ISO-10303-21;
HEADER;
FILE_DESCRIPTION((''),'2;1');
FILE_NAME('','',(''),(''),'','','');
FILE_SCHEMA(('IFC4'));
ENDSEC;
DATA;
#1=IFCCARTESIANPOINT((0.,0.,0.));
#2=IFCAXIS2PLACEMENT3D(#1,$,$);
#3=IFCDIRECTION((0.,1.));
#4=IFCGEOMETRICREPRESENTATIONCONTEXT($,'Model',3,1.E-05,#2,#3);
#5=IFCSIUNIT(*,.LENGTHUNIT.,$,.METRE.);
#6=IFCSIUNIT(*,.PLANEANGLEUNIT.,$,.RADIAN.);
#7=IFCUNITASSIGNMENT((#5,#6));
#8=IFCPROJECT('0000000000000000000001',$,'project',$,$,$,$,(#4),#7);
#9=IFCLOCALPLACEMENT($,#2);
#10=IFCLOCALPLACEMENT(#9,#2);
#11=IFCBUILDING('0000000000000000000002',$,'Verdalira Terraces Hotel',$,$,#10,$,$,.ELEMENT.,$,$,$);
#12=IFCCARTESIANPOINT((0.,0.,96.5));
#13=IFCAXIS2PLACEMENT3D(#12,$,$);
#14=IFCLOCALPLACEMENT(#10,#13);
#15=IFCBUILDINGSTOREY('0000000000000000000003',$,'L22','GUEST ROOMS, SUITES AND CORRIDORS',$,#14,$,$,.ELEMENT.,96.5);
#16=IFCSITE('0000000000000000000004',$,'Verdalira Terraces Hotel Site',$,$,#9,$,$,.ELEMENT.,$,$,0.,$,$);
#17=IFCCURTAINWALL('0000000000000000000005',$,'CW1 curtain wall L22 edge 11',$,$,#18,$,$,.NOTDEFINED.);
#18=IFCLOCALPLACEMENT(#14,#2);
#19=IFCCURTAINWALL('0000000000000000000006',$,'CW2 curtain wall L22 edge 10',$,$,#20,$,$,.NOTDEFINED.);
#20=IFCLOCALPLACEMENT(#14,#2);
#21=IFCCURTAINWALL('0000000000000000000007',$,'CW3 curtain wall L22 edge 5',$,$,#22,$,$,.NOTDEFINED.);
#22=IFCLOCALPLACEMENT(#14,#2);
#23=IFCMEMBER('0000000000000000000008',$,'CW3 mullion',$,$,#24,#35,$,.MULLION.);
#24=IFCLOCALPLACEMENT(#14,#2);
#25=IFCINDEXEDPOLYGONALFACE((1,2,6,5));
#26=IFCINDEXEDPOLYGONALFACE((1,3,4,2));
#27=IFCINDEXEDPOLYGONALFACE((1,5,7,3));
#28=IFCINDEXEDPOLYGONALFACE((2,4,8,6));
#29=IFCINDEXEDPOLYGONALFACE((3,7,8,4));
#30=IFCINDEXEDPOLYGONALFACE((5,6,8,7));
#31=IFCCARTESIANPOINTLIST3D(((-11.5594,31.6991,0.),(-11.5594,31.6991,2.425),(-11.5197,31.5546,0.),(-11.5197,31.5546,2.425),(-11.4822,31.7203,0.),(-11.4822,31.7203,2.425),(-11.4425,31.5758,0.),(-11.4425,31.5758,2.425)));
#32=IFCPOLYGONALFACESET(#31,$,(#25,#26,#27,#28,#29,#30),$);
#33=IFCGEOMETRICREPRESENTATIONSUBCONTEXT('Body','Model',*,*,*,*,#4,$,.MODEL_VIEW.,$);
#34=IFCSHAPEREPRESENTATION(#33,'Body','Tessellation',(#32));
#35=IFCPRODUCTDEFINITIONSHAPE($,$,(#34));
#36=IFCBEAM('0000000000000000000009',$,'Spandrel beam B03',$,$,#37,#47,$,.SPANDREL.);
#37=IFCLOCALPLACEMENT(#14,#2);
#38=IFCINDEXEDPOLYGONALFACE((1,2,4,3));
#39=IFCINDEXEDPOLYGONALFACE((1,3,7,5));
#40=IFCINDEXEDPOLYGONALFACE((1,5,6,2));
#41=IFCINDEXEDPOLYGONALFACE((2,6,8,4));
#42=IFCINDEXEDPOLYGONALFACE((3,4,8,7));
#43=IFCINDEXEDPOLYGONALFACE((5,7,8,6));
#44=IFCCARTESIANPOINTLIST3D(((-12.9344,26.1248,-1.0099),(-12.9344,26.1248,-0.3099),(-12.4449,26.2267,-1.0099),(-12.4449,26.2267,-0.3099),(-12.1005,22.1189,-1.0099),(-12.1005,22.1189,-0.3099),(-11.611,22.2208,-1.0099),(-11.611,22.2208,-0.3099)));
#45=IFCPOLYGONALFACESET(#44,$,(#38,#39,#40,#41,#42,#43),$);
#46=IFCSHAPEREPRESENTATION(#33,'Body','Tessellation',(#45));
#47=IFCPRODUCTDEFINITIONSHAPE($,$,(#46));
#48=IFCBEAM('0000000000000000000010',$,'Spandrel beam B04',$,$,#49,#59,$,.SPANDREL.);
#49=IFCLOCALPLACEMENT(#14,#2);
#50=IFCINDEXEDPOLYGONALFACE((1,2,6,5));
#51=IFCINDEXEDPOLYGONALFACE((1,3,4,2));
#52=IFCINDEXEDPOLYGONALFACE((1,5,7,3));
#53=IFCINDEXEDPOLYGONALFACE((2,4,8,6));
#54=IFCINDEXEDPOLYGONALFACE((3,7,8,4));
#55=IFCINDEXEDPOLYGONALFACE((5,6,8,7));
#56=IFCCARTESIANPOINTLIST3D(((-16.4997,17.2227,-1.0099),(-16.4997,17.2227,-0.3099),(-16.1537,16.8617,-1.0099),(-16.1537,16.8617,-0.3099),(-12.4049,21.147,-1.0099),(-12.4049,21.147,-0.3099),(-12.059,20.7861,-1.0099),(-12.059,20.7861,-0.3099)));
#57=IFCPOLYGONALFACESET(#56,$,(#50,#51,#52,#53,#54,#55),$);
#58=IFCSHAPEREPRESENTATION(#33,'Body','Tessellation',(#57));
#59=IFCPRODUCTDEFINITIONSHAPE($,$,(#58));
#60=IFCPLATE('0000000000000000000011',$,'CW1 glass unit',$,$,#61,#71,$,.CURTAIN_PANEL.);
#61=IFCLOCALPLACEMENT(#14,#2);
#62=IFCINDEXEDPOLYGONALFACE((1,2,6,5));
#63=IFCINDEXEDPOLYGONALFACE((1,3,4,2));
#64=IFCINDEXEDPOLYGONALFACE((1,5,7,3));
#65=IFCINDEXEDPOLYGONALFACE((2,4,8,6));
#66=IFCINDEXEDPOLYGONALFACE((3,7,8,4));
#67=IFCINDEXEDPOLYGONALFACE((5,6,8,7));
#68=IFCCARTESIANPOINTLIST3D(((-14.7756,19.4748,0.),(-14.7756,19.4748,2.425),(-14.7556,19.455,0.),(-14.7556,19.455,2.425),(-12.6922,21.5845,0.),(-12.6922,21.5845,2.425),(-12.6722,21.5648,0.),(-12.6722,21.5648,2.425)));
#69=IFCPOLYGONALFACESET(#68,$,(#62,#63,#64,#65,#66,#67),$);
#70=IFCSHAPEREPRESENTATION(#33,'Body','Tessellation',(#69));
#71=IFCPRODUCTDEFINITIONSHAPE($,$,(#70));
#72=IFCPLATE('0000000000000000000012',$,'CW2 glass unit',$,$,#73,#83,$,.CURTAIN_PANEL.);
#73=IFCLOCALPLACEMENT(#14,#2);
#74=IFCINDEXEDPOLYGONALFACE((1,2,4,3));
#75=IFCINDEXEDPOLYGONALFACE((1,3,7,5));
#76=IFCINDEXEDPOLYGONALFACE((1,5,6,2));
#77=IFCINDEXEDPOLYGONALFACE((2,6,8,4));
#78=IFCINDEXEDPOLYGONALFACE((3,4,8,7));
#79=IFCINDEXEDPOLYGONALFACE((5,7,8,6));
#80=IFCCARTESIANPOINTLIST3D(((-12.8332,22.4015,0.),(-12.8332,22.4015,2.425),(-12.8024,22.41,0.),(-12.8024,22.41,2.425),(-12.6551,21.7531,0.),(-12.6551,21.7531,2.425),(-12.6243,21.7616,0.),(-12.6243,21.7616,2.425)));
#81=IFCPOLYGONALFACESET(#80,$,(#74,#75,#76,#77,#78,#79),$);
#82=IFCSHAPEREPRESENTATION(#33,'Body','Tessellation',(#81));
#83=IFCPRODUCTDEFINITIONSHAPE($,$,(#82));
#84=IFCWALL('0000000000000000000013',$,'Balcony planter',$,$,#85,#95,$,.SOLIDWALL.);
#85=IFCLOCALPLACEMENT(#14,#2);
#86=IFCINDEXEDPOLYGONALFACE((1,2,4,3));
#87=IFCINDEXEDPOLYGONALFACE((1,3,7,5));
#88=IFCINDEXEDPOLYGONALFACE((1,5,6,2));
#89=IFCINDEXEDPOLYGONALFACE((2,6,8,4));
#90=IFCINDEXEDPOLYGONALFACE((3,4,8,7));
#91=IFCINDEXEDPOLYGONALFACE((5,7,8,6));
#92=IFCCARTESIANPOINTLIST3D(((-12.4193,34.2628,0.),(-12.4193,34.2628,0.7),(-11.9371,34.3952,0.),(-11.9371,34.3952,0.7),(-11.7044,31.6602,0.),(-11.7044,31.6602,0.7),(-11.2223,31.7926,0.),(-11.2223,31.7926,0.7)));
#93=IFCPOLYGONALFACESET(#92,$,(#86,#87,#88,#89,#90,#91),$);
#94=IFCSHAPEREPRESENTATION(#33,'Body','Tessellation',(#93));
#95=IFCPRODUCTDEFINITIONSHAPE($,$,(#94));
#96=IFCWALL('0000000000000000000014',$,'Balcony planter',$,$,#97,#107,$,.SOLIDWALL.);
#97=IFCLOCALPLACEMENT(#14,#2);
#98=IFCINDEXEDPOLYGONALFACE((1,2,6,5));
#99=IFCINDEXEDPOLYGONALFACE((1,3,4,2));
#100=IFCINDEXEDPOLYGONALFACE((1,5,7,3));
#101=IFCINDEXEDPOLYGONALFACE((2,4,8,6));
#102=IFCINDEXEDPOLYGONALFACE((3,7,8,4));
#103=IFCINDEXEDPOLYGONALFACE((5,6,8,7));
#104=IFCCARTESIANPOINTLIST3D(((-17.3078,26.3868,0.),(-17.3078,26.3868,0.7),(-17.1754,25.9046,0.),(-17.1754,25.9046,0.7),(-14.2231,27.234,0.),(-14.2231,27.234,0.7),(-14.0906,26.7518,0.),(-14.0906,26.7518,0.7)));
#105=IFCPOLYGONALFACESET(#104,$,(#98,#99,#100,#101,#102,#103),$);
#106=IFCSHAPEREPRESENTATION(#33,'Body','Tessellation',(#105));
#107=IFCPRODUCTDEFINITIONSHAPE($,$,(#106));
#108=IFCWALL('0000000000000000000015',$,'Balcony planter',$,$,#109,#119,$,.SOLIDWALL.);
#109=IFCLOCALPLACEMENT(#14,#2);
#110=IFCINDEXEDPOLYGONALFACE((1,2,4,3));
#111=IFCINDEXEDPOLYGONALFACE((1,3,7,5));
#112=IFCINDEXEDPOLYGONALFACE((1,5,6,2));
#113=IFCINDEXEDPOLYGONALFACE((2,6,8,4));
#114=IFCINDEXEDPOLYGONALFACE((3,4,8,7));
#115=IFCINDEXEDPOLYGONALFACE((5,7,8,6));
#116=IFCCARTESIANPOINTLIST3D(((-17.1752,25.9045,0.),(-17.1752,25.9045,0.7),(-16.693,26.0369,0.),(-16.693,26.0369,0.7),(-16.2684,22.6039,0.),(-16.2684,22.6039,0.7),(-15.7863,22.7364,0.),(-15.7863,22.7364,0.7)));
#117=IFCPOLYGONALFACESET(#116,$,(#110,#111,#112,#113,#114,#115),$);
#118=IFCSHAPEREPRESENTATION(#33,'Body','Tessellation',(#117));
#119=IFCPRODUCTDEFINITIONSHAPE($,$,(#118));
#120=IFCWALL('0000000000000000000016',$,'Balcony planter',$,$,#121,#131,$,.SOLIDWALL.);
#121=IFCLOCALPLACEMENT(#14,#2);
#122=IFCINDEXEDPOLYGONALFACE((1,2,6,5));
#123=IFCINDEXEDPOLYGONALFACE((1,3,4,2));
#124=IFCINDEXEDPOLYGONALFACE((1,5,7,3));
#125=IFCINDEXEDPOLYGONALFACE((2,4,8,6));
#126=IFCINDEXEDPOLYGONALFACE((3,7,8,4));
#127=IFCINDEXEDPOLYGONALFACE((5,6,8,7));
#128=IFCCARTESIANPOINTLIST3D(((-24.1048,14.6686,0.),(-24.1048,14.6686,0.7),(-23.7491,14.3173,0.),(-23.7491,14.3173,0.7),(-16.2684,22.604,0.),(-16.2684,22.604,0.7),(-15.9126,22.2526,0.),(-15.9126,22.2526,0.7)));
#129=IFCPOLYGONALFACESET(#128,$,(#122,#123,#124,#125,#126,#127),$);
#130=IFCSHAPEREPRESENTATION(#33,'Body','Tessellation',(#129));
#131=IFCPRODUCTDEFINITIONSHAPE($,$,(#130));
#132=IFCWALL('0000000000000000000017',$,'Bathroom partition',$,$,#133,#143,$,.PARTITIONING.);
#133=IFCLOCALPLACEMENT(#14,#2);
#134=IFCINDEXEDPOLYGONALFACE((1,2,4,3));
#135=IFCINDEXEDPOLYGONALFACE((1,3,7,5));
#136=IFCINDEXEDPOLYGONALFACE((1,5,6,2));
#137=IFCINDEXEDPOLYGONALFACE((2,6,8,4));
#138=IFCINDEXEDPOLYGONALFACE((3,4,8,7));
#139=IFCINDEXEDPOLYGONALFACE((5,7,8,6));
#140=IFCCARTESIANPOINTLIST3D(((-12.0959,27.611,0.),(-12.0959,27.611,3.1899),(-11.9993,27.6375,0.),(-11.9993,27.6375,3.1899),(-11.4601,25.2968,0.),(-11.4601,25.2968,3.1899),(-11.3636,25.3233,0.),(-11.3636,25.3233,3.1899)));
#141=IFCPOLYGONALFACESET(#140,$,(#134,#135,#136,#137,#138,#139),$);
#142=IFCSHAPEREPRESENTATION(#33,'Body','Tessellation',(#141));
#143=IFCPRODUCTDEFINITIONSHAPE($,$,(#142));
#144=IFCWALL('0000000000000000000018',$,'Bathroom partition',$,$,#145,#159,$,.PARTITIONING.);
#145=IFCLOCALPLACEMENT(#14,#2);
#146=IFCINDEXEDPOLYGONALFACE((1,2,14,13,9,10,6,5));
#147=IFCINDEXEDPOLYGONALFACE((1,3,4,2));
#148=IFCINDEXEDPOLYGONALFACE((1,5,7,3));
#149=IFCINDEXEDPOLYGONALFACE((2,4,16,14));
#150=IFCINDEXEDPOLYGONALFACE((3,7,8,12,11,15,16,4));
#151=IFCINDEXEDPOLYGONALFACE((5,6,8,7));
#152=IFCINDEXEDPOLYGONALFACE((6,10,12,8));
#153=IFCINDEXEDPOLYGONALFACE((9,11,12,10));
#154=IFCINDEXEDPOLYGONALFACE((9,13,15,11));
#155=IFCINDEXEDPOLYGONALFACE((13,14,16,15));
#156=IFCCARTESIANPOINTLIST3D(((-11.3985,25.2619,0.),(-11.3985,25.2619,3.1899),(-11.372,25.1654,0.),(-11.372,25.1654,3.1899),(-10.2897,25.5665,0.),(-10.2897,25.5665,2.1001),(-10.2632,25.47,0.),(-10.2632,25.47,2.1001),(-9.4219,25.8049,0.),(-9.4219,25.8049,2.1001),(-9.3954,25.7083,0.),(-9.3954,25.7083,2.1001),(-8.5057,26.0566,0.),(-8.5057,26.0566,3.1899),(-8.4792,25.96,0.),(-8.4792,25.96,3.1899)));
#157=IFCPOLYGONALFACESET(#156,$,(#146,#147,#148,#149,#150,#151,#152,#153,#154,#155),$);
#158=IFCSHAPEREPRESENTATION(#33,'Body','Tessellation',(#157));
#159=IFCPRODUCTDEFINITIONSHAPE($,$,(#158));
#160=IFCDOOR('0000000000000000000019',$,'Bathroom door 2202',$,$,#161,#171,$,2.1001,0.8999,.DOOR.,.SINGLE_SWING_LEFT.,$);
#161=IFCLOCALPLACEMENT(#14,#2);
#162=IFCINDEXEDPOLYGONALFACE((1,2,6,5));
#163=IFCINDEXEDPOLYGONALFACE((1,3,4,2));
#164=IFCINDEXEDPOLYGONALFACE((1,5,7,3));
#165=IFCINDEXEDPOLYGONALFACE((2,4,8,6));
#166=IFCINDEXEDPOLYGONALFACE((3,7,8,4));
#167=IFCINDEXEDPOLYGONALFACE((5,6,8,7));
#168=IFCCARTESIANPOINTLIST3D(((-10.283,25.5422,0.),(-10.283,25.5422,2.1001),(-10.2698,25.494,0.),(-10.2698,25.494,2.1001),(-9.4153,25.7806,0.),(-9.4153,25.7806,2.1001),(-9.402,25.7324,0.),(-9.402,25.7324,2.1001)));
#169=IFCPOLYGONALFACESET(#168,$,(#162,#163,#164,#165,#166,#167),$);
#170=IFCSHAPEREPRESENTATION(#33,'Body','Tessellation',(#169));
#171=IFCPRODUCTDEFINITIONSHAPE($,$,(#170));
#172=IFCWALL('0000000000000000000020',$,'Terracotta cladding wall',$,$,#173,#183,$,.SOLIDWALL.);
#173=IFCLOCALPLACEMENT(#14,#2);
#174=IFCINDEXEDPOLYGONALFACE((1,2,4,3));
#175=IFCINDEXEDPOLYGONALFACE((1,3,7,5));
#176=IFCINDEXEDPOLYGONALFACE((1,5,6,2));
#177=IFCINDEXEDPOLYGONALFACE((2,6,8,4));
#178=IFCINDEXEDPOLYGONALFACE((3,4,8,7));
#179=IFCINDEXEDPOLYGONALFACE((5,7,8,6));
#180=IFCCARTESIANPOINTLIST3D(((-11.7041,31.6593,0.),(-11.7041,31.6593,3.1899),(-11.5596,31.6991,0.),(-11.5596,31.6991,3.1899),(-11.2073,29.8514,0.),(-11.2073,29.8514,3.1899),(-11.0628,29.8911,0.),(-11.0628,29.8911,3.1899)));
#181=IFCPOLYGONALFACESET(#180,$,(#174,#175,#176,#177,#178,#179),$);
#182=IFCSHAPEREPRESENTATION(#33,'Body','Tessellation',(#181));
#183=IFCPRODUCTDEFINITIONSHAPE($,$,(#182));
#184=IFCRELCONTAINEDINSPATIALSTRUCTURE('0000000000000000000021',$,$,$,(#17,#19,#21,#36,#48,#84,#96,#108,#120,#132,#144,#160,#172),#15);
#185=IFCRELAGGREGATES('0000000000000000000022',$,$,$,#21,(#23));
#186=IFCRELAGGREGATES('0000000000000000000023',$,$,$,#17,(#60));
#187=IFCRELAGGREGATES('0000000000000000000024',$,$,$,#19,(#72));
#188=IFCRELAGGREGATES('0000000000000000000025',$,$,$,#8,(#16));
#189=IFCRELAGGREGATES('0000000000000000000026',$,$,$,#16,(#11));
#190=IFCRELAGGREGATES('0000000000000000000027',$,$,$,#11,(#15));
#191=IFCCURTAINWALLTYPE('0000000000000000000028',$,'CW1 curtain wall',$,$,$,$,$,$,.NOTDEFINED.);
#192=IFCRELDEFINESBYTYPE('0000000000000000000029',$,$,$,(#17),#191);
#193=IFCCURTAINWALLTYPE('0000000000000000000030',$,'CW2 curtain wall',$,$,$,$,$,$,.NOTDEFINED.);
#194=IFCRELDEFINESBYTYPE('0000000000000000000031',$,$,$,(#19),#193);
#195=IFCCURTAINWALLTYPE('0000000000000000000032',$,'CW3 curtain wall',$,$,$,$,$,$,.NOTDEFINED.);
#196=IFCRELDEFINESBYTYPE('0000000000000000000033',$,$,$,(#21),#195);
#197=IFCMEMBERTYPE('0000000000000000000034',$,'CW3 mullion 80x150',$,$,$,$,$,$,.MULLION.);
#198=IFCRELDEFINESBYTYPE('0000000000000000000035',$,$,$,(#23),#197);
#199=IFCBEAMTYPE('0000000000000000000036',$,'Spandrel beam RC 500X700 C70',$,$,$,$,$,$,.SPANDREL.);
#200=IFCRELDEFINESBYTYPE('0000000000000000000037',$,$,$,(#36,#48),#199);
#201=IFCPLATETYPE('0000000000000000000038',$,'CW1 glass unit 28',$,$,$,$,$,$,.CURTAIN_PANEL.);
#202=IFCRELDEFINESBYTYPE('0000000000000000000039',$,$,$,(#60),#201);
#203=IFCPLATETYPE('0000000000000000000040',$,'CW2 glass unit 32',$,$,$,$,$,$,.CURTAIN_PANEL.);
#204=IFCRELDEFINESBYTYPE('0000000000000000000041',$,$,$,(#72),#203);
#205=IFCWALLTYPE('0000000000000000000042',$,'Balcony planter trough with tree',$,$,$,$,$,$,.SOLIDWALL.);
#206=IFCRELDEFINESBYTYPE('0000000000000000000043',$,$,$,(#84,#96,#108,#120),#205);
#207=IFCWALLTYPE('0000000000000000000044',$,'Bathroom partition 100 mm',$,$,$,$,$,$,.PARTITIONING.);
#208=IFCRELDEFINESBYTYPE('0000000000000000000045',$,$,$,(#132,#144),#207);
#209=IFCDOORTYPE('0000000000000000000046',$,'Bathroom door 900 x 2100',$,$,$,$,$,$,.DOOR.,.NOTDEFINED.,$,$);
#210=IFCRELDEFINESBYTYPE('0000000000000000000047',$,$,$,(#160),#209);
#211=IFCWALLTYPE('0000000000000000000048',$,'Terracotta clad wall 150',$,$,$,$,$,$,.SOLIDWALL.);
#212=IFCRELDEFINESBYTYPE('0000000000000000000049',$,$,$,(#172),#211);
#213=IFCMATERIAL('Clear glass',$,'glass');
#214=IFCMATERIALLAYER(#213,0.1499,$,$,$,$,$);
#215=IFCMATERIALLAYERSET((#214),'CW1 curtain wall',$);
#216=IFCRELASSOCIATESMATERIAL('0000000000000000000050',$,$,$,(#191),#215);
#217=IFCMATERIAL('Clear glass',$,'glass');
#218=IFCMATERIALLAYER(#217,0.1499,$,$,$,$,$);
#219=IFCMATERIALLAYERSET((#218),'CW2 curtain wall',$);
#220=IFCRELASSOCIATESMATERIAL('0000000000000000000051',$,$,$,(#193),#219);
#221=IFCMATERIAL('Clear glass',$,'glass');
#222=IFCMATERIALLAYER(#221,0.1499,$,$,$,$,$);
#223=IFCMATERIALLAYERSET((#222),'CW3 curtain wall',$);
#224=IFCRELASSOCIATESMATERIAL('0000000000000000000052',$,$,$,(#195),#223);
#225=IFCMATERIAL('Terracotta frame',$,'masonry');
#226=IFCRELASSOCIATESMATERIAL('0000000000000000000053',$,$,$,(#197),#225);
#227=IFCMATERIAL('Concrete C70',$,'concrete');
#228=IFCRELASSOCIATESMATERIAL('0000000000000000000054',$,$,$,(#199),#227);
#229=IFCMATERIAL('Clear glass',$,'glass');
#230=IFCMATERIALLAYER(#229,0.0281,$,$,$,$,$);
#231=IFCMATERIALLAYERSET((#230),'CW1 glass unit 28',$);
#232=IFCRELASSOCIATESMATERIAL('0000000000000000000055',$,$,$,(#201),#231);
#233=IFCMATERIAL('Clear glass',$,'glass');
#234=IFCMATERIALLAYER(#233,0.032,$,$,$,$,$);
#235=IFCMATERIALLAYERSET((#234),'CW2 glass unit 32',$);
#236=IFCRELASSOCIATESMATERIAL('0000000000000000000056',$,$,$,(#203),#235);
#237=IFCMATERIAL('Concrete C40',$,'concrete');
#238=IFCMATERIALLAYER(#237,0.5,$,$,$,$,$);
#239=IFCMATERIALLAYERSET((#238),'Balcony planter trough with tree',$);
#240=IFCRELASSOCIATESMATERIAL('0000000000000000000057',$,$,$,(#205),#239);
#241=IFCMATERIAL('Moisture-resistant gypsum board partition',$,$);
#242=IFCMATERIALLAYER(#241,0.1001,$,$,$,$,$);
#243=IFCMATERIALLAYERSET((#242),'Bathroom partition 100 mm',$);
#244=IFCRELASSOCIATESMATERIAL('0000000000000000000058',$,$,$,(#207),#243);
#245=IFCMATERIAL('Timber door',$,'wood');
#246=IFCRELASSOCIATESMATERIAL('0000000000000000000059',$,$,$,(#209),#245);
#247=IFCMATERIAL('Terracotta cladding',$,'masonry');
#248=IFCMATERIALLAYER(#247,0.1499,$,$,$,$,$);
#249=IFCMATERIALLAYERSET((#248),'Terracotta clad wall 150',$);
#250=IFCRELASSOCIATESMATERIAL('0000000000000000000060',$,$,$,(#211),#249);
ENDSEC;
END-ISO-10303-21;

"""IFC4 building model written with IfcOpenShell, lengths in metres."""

from ifc_helpers import new_model, si_unit, direction, frame, frame_2d, origin, origin_2d, place, context, subcontext, project, spatial, rectangle, extrude, material, layer, layer_set, material_profile, profile_set, type_object, element, fill, aggregate, save


model = new_model("IFC4")

# Units and contexts
model_context = context("Model", 3, precision=1e-05, world=origin(), true_north=direction((0.0, 1.0)))
body_context = subcontext(model_context, "Body", "Model", "MODEL_VIEW")
ifc_project = project(units=[si_unit("LENGTHUNIT", "METRE"), si_unit("PLANEANGLEUNIT", "RADIAN")], contexts=[model_context])

# Site, building, storey
site_placement = place(None, origin())
site = spatial("IfcSite", under=ifc_project, at=site_placement, Name="Verdalira Terraces Hotel Site", CompositionType="ELEMENT", RefElevation=0.0)
building_placement = place(site_placement, origin())
building = spatial("IfcBuilding", under=site, at=building_placement, Name="Verdalira Terraces Hotel", CompositionType="ELEMENT")
storey_placement = place(building_placement, frame((0.0, 0.0, 96.5)))
storey = spatial("IfcBuildingStorey", under=building, at=storey_placement, Name="L22", Description="GUEST ROOMS, SUITES AND CORRIDORS", CompositionType="ELEMENT", Elevation=96.5)

# Curtain walls
ifc_material_1 = material(Name="Clear glass", Category="glass")
ifc_layer_1 = layer(ifc_material_1, 0.1499)
ifc_layer_set_1 = layer_set([ifc_layer_1], Name="CW1 curtain wall")
curtain_wall_type_1 = type_object("IfcCurtainWallType", Name="CW1 curtain wall", PredefinedType="NOTDEFINED", material=ifc_layer_set_1)
curtain_wall_1_placement = place(storey_placement, origin())
curtain_wall_1 = element("IfcCurtainWall", 1, at=curtain_wall_1_placement, inside=storey, type_object=curtain_wall_type_1, Name="CW1 curtain wall L22 edge 11", PredefinedType="NOTDEFINED")
ifc_material_2 = material(Name="Clear glass", Category="glass")
ifc_layer_2 = layer(ifc_material_2, 0.1499)
ifc_layer_set_2 = layer_set([ifc_layer_2], Name="CW2 curtain wall")
curtain_wall_type_2 = type_object("IfcCurtainWallType", Name="CW2 curtain wall", PredefinedType="NOTDEFINED", material=ifc_layer_set_2)
curtain_wall_2_placement = place(storey_placement, origin())
curtain_wall_2 = element("IfcCurtainWall", 2, at=curtain_wall_2_placement, inside=storey, type_object=curtain_wall_type_2, Name="CW2 curtain wall L22 edge 10", PredefinedType="NOTDEFINED")

# Curtain wall, member
ifc_material_3 = material(Name="Clear glass", Category="glass")
ifc_layer_3 = layer(ifc_material_3, 0.1499)
ifc_layer_set_3 = layer_set([ifc_layer_3], Name="CW3 curtain wall")
curtain_wall_type_3 = type_object("IfcCurtainWallType", Name="CW3 curtain wall", PredefinedType="NOTDEFINED", material=ifc_layer_set_3)
curtain_wall_3_placement = place(storey_placement, origin())
curtain_wall_3 = element("IfcCurtainWall", 3, at=curtain_wall_3_placement, inside=storey, type_object=curtain_wall_type_3, Name="CW3 curtain wall L22 edge 5", PredefinedType="NOTDEFINED")
ifc_material_4 = material(Name="Terracotta frame", Category="masonry")
ifc_material_profile_1 = material_profile(ifc_material_4, rectangle(XDim=0.0801, YDim=0.1499, at=origin_2d()), Name="MU 80x150")
ifc_profile_set_1 = profile_set([ifc_material_profile_1], Name="Terracotta frame")
member_type_1 = type_object("IfcMemberType", Name="CW3 mullion 80x150", PredefinedType="MULLION", material=ifc_profile_set_1)
member_1_placement = place(storey_placement, frame((-11.501, 31.6375, 0.0), z_axis=(0.0, 0.0, 1.0), x_axis=(-0.964281, -0.264883, 0.0)))
member_1 = element("IfcMember", 4, at=member_1_placement, type_object=member_type_1, Name="CW3 mullion", PredefinedType="MULLION", context=body_context, shape_type="SweptSolid", body=[
    extrude(rectangle(XDim=0.0801, YDim=0.1499, at=origin_2d()), origin(), (0.0, 0.0, 1.0), 2.425),
])
aggregate(curtain_wall_3, [member_1])

# Beams
ifc_material_5 = material(Name="Concrete C70", Category="concrete")
ifc_material_profile_2 = material_profile(ifc_material_5, rectangle(XDim=0.5, YDim=0.7, at=origin_2d()), Name="RC 500X700")
ifc_profile_set_2 = profile_set([ifc_material_profile_2], Name="Concrete C70")
beam_type_1 = type_object("IfcBeamType", Name="Spandrel beam RC 500X700 C70", PredefinedType="SPANDREL", material=ifc_profile_set_2)
beam_1_placement = place(storey_placement, frame((-12.6897, 26.1758, -0.6599), z_axis=(0.203821, -0.979008, 0.0), x_axis=(0.979008, 0.203821, 0.0)))
element("IfcBeam", 5, at=beam_1_placement, inside=storey, type_object=beam_type_1, Name="Spandrel beam B03", PredefinedType="SPANDREL", context=body_context, shape_type="SweptSolid", body=[
    extrude(rectangle(XDim=0.5, YDim=0.7, at=origin_2d()), origin(), (0.0, 0.0, 1.0), 4.0918),
])
beam_2_placement = place(storey_placement, frame((-12.2319, 20.9666, -0.6599), z_axis=(-0.72197, -0.691924, 0.0), x_axis=(0.691924, -0.72197, 0.0)))
element("IfcBeam", 6, at=beam_2_placement, inside=storey, type_object=beam_type_1, Name="Spandrel beam B04", PredefinedType="SPANDREL", context=body_context, shape_type="SweptSolid", body=[
    extrude(rectangle(XDim=0.5, YDim=0.7, at=origin_2d()), origin(), (0.0, 0.0, 1.0), 5.6716),
])

# Plates
ifc_material_6 = material(Name="Clear glass", Category="glass")
ifc_layer_4 = layer(ifc_material_6, 0.0281)
ifc_layer_set_4 = layer_set([ifc_layer_4], Name="CW1 glass unit 28")
plate_type_1 = type_object("IfcPlateType", Name="CW1 glass unit 28", PredefinedType="CURTAIN_PANEL", material=ifc_layer_set_4)
plate_1_placement = place(storey_placement, frame((-13.7239, 20.5198, 0.0), z_axis=(0.0, 0.0, 1.0), x_axis=(-0.70265, -0.711536, 0.0)))
plate_1 = element("IfcPlate", 7, at=plate_1_placement, type_object=plate_type_1, Name="CW1 glass unit", PredefinedType="CURTAIN_PANEL", context=body_context, shape_type="SweptSolid", body=[
    extrude(rectangle(XDim=2.9651, YDim=0.0281, at=origin_2d()), origin(), (0.0, 0.0, 1.0), 2.425),
])
aggregate(curtain_wall_1, [plate_1])
ifc_material_7 = material(Name="Clear glass", Category="glass")
ifc_layer_5 = layer(ifc_material_7, 0.032)
ifc_layer_set_5 = layer_set([ifc_layer_5], Name="CW2 glass unit 32")
plate_type_2 = type_object("IfcPlateType", Name="CW2 glass unit 32", PredefinedType="CURTAIN_PANEL", material=ifc_layer_set_5)
plate_2_placement = place(storey_placement, frame((-12.7288, 22.0815, 0.0), z_axis=(0.0, 0.0, 1.0), x_axis=(0.264883, -0.964281, 0.0)))
plate_2 = element("IfcPlate", 8, at=plate_2_placement, type_object=plate_type_2, Name="CW2 glass unit", PredefinedType="CURTAIN_PANEL", context=body_context, shape_type="SweptSolid", body=[
    extrude(rectangle(XDim=0.6724, YDim=0.032, at=origin_2d()), origin(), (0.0, 0.0, 1.0), 2.425),
])
aggregate(curtain_wall_2, [plate_2])

# Walls
ifc_material_8 = material(Name="Concrete C40", Category="concrete")
ifc_layer_6 = layer(ifc_material_8, 0.5)
ifc_layer_set_6 = layer_set([ifc_layer_6], Name="Balcony planter trough with tree")
wall_type_1 = type_object("IfcWallType", Name="Balcony planter trough with tree", PredefinedType="SOLIDWALL", material=ifc_layer_set_6)
wall_1_placement = place(storey_placement, frame((-12.1782, 34.3291, 0.0), z_axis=(0.0, 0.0, 1.0), x_axis=(0.264862, -0.964286, 0.0)))
element("IfcWall", 9, at=wall_1_placement, inside=storey, type_object=wall_type_1, Name="Balcony planter", PredefinedType="SOLIDWALL", context=body_context, shape_type="SweptSolid", body=[
    extrude(rectangle(XDim=2.699, YDim=0.5, at=frame_2d((1.3496, 0.0))), origin(), (0.0, 0.0, 1.0), 0.7),
])
wall_2_placement = place(storey_placement, frame((-14.1567, 26.9929, 0.0), z_axis=(0.0, 0.0, 1.0), x_axis=(-0.964296, -0.264828, 0.0)))
element("IfcWall", 10, at=wall_2_placement, inside=storey, type_object=wall_type_1, Name="Balcony planter", PredefinedType="SOLIDWALL", context=body_context, shape_type="SweptSolid", body=[
    extrude(rectangle(XDim=3.199, YDim=0.5, at=frame_2d((1.5996, 0.0))), origin(), (0.0, 0.0, 1.0), 0.7),
])
wall_3_placement = place(storey_placement, frame((-16.9341, 25.9707, 0.0), z_axis=(0.0, 0.0, 1.0), x_axis=(0.264909, -0.964273, 0.0)))
element("IfcWall", 11, at=wall_3_placement, inside=storey, type_object=wall_type_1, Name="Balcony planter", PredefinedType="SOLIDWALL", context=body_context, shape_type="SweptSolid", body=[
    extrude(rectangle(XDim=3.4229, YDim=0.5, at=frame_2d((1.7114, 0.0))), origin(), (0.0, 0.0, 1.0), 0.7),
])
wall_4_placement = place(storey_placement, frame((-16.0906, 22.4282, 0.0), z_axis=(0.0, 0.0, 1.0), x_axis=(-0.70266, -0.711526, 0.0)))
element("IfcWall", 12, at=wall_4_placement, inside=storey, type_object=wall_type_1, Name="Balcony planter", PredefinedType="SOLIDWALL", context=body_context, shape_type="SweptSolid", body=[
    extrude(rectangle(XDim=11.1526, YDim=0.5, at=frame_2d((5.5762, 0.0))), origin(), (0.0, 0.0, 1.0), 0.7),
])
ifc_material_9 = material(Name="Moisture-resistant gypsum board partition")
ifc_layer_7 = layer(ifc_material_9, 0.1001)
ifc_layer_set_7 = layer_set([ifc_layer_7], Name="Bathroom partition 100 mm")
wall_type_2 = type_object("IfcWallType", Name="Bathroom partition 100 mm", PredefinedType="PARTITIONING", material=ifc_layer_set_7)
wall_5_placement = place(storey_placement, frame((-11.4119, 25.3101, 0.0), z_axis=(0.0, 0.0, 1.0), x_axis=(-0.264899, 0.964276, 0.0)))
element("IfcWall", 13, at=wall_5_placement, inside=storey, type_object=wall_type_2, Name="Bathroom partition", PredefinedType="PARTITIONING", context=body_context, shape_type="SweptSolid", body=[
    extrude(rectangle(XDim=2.3999, YDim=0.1001, at=frame_2d((1.2, 0.0))), origin(), (0.0, 0.0, 1.0), 3.1899),
])

# Wall, opening, door
wall_6_placement = place(storey_placement, frame((-11.3853, 25.2136, 0.0), z_axis=(0.0, 0.0, 1.0), x_axis=(0.964278, 0.264894, 0.0)))
wall_6 = element("IfcWall", 14, at=wall_6_placement, inside=storey, type_object=wall_type_2, Name="Bathroom partition", PredefinedType="PARTITIONING", context=body_context, shape_type="SweptSolid", body=[
    extrude(rectangle(XDim=3.0, YDim=0.1001, at=frame_2d((1.5, 0.0))), origin(), (0.0, 0.0, 1.0), 3.1899),
])
opening_1_placement = place(wall_6_placement, frame((1.1499, 0.0, 0.0)))
opening_1 = element("IfcOpeningElement", 15, at=opening_1_placement, cuts=wall_6, PredefinedType="OPENING", context=body_context, shape_type="SweptSolid", body=[
    extrude(rectangle(XDim=0.8999, YDim=2.1001, at=frame_2d((0.45, 1.05))), frame((0.0, 0.0601, 0.0), z_axis=(0.0, -1.0, 0.0), x_axis=(1.0, 0.0, 0.0)), (0.0, 0.0, 1.0), 0.1201),
])
ifc_material_10 = material(Name="Timber door", Category="wood")
door_type_1 = type_object("IfcDoorType", Name="Bathroom door 900 x 2100", OperationType="NOTDEFINED", PredefinedType="DOOR", material=ifc_material_10)
door_1_placement = place(opening_1_placement, origin())
door_1 = element("IfcDoor", 16, at=door_1_placement, inside=storey, type_object=door_type_1, Name="Bathroom door 2202", OperationType="SINGLE_SWING_LEFT", OverallHeight=2.1001, OverallWidth=0.8999, PredefinedType="DOOR", context=body_context, shape_type="SweptSolid", body=[
    extrude(rectangle(XDim=0.8999, YDim=2.1001, at=frame_2d((0.45, 1.05))), frame((0.0, 0.0249, 0.0), z_axis=(0.0, -1.0, 0.0), x_axis=(1.0, 0.0, 0.0)), (0.0, 0.0, 1.0), 0.05),
])
fill(opening_1, door_1)

# Wall
ifc_material_11 = material(Name="Terracotta cladding", Category="masonry")
ifc_layer_8 = layer(ifc_material_11, 0.1499)
ifc_layer_set_8 = layer_set([ifc_layer_8], Name="Terracotta clad wall 150")
wall_type_3 = type_object("IfcWallType", Name="Terracotta clad wall 150", PredefinedType="SOLIDWALL", material=ifc_layer_set_8)
wall_7_placement = place(storey_placement, frame((-11.6318, 31.6792, 0.0), z_axis=(0.0, 0.0, 1.0), x_axis=(0.264957, -0.96426, 0.0)))
element("IfcWall", 17, at=wall_7_placement, inside=storey, type_object=wall_type_3, Name="Terracotta cladding wall", PredefinedType="SOLIDWALL", context=body_context, shape_type="SweptSolid", body=[
    extrude(rectangle(XDim=1.875, YDim=0.1499, at=frame_2d((0.9375, 0.0))), origin(), (0.0, 0.0, 1.0), 3.1899),
])

save(model, "model.ifc")
